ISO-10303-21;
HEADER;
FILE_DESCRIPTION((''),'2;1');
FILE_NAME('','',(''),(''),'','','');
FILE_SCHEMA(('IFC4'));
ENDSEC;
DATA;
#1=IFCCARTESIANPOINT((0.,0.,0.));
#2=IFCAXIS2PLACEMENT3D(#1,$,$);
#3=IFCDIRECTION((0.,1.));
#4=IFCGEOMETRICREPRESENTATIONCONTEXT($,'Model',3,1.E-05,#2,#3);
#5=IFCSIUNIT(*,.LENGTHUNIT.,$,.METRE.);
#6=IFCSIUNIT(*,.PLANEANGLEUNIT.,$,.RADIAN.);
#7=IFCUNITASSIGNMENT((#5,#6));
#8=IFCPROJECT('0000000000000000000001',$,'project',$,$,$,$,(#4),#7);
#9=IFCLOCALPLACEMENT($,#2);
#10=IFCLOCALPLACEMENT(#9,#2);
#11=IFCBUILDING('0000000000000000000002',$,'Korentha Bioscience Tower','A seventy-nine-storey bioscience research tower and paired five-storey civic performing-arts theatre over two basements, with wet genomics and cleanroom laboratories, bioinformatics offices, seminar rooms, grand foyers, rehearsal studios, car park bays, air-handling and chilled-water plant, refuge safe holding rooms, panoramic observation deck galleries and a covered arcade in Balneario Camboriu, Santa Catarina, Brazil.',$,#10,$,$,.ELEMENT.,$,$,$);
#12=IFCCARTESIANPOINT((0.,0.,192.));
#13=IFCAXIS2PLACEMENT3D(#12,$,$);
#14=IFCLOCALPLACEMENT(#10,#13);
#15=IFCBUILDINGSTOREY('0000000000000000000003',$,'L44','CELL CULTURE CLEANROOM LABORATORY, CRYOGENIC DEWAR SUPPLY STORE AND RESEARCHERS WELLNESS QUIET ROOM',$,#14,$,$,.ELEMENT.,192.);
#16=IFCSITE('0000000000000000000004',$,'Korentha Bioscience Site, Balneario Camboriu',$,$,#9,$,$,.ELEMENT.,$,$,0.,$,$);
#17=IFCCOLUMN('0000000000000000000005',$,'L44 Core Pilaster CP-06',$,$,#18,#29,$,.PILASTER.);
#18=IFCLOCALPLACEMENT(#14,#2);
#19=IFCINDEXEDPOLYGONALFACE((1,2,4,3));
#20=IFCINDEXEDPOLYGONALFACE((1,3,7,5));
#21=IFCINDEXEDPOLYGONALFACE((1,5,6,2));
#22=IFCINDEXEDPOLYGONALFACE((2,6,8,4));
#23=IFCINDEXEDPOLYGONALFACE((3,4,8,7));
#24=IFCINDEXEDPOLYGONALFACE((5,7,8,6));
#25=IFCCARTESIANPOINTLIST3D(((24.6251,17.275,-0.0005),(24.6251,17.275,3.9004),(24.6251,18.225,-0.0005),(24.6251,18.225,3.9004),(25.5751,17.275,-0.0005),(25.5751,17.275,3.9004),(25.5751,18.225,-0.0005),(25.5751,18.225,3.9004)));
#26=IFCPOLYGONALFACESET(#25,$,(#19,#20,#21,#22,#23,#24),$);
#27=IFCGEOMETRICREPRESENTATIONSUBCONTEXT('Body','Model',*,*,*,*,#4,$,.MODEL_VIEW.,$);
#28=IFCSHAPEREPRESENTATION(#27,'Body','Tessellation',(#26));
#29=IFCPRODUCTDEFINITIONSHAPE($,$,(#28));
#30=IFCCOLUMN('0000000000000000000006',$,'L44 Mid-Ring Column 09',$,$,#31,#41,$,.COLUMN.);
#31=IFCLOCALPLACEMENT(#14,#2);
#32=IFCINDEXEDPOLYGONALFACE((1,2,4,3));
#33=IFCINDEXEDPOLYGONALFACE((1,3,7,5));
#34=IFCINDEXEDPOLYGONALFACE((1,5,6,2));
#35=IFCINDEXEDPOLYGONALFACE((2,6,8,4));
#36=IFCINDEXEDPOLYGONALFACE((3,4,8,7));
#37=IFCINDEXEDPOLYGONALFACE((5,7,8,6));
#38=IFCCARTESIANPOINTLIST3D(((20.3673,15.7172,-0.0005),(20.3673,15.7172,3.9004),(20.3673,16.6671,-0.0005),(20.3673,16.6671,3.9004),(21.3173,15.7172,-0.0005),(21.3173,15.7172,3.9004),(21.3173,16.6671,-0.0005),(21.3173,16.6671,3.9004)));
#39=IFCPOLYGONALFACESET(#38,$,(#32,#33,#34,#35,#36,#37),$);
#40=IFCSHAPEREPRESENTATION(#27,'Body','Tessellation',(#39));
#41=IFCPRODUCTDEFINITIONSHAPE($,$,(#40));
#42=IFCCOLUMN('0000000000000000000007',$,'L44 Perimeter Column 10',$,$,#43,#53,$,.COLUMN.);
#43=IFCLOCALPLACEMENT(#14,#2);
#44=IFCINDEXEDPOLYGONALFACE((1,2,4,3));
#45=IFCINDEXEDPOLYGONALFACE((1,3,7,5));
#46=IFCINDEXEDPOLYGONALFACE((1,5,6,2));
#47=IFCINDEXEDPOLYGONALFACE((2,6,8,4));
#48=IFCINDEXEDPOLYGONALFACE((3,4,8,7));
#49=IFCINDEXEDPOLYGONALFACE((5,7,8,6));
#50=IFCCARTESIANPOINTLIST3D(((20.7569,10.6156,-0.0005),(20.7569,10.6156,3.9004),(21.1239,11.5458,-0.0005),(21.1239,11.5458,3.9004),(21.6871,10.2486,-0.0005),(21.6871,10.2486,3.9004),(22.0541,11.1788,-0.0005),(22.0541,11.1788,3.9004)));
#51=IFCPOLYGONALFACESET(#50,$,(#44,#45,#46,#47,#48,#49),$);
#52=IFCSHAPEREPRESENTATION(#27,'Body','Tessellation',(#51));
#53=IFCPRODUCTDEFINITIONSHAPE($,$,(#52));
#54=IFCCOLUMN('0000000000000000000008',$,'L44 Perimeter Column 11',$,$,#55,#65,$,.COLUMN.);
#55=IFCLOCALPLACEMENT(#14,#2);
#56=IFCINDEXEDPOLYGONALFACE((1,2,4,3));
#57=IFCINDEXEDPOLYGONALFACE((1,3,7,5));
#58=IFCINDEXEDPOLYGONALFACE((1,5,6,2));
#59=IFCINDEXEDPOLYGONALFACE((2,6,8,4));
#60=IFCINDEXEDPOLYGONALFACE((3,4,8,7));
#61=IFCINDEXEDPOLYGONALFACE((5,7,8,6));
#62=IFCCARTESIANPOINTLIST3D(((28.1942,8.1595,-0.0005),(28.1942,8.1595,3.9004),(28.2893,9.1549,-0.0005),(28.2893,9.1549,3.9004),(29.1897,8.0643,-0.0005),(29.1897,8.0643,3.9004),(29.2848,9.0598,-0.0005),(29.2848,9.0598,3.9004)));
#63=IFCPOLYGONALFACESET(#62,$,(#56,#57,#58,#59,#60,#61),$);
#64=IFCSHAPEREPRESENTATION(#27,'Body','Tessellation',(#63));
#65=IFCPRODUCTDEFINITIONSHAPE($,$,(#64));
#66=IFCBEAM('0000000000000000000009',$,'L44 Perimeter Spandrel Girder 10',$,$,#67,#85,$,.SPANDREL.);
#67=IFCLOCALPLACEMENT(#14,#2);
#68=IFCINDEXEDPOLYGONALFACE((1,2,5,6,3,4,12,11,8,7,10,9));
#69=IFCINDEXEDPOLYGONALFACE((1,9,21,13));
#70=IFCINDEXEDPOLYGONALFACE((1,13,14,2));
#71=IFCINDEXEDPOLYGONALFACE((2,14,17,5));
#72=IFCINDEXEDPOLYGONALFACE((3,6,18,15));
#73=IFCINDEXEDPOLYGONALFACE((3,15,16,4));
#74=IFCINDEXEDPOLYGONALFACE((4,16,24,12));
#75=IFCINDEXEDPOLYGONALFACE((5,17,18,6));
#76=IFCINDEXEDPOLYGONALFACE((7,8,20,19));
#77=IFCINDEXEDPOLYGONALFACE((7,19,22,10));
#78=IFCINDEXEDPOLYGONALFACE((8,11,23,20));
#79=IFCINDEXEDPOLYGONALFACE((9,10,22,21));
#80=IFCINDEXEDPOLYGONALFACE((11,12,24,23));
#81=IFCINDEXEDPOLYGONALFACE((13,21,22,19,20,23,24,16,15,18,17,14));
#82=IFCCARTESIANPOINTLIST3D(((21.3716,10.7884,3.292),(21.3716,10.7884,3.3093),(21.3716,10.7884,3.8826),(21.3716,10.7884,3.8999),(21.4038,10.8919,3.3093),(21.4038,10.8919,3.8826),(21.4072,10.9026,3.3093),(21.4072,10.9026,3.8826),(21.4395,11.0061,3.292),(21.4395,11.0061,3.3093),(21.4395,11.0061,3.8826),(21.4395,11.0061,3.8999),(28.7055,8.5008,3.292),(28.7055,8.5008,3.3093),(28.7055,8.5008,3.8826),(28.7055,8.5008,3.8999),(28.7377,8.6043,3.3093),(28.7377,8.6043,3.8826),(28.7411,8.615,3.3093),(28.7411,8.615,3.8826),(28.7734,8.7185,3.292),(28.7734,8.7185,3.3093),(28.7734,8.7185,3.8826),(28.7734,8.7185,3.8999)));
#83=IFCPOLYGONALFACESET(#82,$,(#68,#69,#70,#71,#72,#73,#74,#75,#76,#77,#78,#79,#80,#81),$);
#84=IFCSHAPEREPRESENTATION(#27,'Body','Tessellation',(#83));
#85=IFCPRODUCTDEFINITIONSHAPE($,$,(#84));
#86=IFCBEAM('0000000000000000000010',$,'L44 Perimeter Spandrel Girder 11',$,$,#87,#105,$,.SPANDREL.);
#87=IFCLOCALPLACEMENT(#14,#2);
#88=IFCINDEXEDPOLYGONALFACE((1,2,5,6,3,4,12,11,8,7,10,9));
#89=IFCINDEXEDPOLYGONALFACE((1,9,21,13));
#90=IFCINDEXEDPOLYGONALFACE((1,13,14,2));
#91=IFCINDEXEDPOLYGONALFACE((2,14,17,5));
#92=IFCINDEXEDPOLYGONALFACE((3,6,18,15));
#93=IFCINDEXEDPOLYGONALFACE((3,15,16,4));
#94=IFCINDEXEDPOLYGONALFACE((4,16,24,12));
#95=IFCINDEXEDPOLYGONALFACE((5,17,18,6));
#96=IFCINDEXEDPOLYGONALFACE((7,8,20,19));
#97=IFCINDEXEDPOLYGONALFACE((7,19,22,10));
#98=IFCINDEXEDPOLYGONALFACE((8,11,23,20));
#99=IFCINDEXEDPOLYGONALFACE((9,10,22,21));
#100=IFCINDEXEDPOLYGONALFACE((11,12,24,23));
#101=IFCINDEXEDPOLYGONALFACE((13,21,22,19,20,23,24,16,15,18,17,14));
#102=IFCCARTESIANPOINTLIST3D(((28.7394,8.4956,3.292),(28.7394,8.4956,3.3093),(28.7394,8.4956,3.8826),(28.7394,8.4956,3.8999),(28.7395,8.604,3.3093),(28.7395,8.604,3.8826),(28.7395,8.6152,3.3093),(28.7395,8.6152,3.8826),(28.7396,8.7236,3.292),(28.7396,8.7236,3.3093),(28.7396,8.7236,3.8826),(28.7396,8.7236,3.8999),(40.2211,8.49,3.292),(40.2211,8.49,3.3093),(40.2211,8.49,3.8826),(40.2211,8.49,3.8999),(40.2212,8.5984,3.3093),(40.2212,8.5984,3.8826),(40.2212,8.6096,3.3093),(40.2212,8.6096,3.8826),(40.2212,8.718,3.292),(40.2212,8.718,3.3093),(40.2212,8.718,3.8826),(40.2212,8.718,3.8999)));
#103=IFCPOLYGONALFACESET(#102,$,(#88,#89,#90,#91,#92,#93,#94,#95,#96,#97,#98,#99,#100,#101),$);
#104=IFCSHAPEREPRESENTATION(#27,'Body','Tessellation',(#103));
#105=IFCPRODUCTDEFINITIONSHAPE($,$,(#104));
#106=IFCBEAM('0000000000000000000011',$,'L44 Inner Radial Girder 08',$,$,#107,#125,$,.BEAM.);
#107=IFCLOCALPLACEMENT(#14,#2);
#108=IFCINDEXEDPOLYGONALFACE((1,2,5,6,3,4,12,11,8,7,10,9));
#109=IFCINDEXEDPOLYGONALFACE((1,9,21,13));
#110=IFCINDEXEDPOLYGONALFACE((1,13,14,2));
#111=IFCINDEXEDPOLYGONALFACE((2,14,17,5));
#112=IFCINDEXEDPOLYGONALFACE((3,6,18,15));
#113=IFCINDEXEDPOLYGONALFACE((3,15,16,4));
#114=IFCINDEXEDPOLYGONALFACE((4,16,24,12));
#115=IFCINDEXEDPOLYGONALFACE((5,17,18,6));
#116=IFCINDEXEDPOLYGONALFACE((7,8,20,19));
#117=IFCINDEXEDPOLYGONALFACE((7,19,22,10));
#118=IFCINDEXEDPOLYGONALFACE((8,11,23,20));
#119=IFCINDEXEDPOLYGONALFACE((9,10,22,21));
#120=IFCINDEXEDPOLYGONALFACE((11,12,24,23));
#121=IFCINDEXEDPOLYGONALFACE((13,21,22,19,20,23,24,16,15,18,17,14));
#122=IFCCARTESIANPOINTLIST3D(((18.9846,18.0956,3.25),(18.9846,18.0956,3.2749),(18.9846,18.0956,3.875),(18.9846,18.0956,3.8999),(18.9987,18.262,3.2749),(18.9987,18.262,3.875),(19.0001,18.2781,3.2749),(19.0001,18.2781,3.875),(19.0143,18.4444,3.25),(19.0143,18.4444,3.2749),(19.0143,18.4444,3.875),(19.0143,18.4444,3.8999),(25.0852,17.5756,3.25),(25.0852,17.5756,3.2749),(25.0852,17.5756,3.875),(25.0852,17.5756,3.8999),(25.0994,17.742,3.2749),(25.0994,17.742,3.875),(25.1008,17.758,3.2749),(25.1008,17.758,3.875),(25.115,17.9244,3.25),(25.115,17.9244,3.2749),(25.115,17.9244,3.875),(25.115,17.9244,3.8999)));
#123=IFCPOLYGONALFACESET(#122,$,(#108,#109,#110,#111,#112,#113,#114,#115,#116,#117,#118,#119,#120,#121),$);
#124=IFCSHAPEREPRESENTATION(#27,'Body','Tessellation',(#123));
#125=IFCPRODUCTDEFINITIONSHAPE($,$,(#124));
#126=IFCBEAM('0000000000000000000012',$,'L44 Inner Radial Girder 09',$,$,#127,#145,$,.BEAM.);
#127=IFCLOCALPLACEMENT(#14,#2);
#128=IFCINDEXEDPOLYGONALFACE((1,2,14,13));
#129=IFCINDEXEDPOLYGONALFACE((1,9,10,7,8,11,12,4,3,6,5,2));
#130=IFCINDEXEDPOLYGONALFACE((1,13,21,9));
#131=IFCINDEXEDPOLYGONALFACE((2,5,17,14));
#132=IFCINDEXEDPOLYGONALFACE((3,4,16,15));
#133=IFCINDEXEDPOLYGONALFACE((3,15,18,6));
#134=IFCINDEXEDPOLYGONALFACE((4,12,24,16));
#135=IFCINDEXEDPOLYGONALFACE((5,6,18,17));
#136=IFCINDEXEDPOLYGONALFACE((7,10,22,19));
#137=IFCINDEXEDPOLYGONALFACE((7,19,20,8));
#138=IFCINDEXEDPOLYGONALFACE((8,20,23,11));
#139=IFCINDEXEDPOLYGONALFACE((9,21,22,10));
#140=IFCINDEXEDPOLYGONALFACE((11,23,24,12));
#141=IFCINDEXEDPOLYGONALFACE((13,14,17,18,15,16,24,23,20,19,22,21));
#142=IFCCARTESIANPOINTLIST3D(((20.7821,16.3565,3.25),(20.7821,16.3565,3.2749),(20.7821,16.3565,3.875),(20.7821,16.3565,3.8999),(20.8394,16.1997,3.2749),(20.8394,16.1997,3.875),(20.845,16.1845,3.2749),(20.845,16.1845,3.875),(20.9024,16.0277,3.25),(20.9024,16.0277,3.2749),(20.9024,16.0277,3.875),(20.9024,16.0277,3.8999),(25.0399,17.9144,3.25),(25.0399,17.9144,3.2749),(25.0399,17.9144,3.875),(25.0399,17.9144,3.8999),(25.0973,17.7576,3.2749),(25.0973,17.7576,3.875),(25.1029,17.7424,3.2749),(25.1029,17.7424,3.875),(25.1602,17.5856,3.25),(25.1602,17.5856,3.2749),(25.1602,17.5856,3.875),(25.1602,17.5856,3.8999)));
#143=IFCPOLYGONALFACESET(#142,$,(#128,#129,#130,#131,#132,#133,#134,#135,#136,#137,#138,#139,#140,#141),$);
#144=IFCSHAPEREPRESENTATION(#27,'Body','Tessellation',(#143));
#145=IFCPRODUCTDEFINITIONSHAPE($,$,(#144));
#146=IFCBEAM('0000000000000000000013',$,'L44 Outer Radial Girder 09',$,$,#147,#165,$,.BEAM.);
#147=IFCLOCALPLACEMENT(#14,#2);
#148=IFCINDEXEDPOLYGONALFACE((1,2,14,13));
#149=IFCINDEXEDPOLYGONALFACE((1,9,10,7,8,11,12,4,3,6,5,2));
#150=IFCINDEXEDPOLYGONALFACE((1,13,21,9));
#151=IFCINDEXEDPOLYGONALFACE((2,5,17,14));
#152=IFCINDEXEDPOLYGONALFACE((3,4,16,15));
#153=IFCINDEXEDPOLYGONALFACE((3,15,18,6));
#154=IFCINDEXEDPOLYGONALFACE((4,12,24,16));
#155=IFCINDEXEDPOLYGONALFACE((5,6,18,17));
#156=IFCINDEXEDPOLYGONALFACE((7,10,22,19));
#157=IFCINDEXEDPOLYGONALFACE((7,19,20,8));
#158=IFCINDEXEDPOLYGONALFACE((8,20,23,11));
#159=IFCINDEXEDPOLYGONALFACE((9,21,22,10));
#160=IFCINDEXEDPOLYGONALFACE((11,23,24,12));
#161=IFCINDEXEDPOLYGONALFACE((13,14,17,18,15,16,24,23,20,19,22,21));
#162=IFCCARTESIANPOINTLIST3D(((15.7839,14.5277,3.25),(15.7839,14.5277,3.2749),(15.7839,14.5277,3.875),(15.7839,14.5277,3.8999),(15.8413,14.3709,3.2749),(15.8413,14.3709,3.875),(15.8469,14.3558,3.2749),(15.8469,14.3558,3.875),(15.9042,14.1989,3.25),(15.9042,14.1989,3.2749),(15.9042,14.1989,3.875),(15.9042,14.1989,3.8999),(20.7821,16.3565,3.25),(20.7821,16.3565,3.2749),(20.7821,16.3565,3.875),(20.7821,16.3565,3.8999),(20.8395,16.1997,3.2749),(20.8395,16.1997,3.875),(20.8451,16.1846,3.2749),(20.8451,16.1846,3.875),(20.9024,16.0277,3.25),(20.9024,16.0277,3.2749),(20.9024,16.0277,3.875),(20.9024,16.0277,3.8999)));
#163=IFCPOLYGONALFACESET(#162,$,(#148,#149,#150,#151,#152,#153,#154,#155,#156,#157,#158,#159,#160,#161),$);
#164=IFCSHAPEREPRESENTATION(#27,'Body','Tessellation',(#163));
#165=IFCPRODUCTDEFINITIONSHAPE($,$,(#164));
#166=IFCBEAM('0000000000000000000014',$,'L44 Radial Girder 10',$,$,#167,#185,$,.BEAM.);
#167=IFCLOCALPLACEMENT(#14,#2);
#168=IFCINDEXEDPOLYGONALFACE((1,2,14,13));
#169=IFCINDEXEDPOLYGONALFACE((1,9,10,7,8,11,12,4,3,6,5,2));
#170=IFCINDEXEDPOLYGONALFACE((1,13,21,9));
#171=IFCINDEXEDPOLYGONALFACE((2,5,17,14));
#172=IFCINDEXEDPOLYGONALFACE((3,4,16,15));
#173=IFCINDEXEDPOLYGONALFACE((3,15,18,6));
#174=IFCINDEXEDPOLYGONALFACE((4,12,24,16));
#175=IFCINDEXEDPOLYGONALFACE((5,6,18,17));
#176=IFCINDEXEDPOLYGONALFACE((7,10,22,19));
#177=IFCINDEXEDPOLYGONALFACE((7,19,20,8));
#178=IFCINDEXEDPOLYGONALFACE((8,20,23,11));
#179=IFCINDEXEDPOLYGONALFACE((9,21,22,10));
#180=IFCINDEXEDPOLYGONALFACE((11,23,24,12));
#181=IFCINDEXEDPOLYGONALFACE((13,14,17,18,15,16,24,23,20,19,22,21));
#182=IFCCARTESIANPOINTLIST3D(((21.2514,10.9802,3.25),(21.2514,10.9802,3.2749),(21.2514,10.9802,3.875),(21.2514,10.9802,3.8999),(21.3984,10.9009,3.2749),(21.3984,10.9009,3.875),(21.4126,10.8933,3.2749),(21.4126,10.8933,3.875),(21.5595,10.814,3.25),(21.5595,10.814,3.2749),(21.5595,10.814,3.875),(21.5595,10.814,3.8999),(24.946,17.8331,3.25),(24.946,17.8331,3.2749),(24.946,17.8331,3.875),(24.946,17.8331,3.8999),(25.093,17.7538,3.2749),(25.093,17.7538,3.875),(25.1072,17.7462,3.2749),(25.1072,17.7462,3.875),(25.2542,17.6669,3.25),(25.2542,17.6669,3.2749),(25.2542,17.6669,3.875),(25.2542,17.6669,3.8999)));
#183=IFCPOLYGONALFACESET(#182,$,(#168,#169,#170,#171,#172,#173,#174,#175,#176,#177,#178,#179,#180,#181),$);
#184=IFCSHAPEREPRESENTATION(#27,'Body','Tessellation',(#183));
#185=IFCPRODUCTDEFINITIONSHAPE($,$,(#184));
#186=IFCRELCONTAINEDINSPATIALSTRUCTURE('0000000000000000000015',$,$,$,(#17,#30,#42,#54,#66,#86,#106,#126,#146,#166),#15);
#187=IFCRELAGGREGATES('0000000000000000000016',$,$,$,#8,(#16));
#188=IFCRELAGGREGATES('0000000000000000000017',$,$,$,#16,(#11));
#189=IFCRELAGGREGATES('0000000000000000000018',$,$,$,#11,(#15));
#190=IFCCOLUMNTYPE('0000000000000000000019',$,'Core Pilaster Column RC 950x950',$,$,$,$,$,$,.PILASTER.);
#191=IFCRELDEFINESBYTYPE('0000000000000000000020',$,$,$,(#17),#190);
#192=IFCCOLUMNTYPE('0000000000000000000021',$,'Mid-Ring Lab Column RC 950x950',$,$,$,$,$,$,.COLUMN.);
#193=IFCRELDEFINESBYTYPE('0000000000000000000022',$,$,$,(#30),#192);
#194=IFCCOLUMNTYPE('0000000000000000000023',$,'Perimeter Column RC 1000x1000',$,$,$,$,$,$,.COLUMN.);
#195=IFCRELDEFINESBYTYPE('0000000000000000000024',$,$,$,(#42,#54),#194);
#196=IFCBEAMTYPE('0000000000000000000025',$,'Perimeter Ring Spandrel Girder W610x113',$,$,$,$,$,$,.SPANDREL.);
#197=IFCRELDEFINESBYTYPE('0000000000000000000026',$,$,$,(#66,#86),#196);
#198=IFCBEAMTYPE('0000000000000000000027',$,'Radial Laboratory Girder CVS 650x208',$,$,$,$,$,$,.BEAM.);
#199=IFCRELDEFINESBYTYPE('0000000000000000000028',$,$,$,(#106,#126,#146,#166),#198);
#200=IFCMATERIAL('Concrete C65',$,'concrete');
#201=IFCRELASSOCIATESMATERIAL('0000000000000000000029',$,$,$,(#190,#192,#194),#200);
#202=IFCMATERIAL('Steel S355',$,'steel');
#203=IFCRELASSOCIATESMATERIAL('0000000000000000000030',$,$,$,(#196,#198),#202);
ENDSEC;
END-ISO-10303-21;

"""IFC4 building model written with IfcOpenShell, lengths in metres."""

from ifc_helpers import new_model, si_unit, direction, frame, origin, origin_2d, place, context, subcontext, project, spatial, rectangle, i_section, extrude, material, material_profile, profile_set, type_object, element, save


model = new_model("IFC4")

# Units and contexts
model_context = context("Model", 3, precision=1e-05, world=origin(), true_north=direction((0.0, 1.0)))
body_context = subcontext(model_context, "Body", "Model", "MODEL_VIEW")
ifc_project = project(units=[si_unit("LENGTHUNIT", "METRE"), si_unit("PLANEANGLEUNIT", "RADIAN")], contexts=[model_context])

# Site, building, storey
site_placement = place(None, origin())
site = spatial("IfcSite", under=ifc_project, at=site_placement, Name="Korentha Bioscience Site, Balneario Camboriu", CompositionType="ELEMENT", RefElevation=0.0)
building_placement = place(site_placement, origin())
building = spatial("IfcBuilding", under=site, at=building_placement, Name="Korentha Bioscience Tower", Description="A seventy-nine-storey bioscience research tower and paired five-storey civic performing-arts theatre over two basements, with wet genomics and cleanroom laboratories, bioinformatics offices, seminar rooms, grand foyers, rehearsal studios, car park bays, air-handling and chilled-water plant, refuge safe holding rooms, panoramic observation deck galleries and a covered arcade in Balneario Camboriu, Santa Catarina, Brazil.", CompositionType="ELEMENT")
storey_placement = place(building_placement, frame((0.0, 0.0, 192.0)))
storey = spatial("IfcBuildingStorey", under=building, at=storey_placement, Name="L44", Description="CELL CULTURE CLEANROOM LABORATORY, CRYOGENIC DEWAR SUPPLY STORE AND RESEARCHERS WELLNESS QUIET ROOM", CompositionType="ELEMENT", Elevation=192.0)

# Columns
ifc_material_1 = material(Name="Concrete C65", Category="concrete")
ifc_material_profile_1 = material_profile(ifc_material_1, rectangle(XDim=0.95, YDim=0.95, at=origin_2d()), Name="Concrete C65")
ifc_profile_set_1 = profile_set([ifc_material_profile_1], Name="Concrete C65 (COL-CP09)")
column_type_1 = type_object("IfcColumnType", Name="Core Pilaster Column RC 950x950", PredefinedType="PILASTER", material=ifc_profile_set_1)
column_1_placement = place(storey_placement, frame((25.1001, 17.75, -0.0005), z_axis=(0.0, 0.0, 1.0), x_axis=(1.0, 0.0, 0.0)))
element("IfcColumn", 1, at=column_1_placement, inside=storey, type_object=column_type_1, Name="L44 Core Pilaster CP-06", PredefinedType="PILASTER", context=body_context, shape_type="SweptSolid", body=[
    extrude(rectangle(XDim=0.95, YDim=0.95, at=origin_2d()), origin(), (0.0, 0.0, 1.0), 3.9009),
])
ifc_material_profile_2 = material_profile(ifc_material_1, rectangle(XDim=0.95, YDim=0.95, at=origin_2d()), Name="Concrete C65")
ifc_profile_set_2 = profile_set([ifc_material_profile_2], Name="Concrete C65 (COL-MR09)")
column_type_2 = type_object("IfcColumnType", Name="Mid-Ring Lab Column RC 950x950", PredefinedType="COLUMN", material=ifc_profile_set_2)
column_2_placement = place(storey_placement, frame((20.8423, 16.1921, -0.0005), z_axis=(0.0, 0.0, 1.0), x_axis=(1.0, 0.0, 0.0)))
element("IfcColumn", 2, at=column_2_placement, inside=storey, type_object=column_type_2, Name="L44 Mid-Ring Column 09", PredefinedType="COLUMN", context=body_context, shape_type="SweptSolid", body=[
    extrude(rectangle(XDim=0.95, YDim=0.95, at=origin_2d()), origin(), (0.0, 0.0, 1.0), 3.9009),
])
ifc_material_profile_3 = material_profile(ifc_material_1, rectangle(XDim=1.0, YDim=1.0, at=origin_2d()), Name="Concrete C65")
ifc_profile_set_3 = profile_set([ifc_material_profile_3], Name="Concrete C65 (COL-P10)")
column_type_3 = type_object("IfcColumnType", Name="Perimeter Column RC 1000x1000", PredefinedType="COLUMN", material=ifc_profile_set_3)
for number, where, z_axis, x_axis, name in (
    (3, (21.4055, 10.8972, -0.0005), (0.0, 0.0, 1.0), (-0.930226, 0.366988, 0.0), "L44 Perimeter Column 10"),
    (4, (28.7395, 8.6096, -0.0005), (0.0, 0.0, 1.0), (-0.995463, 0.095151, 0.0), "L44 Perimeter Column 11"),
):
    element("IfcColumn", number, at=place(storey_placement, frame(where, z_axis=z_axis, x_axis=x_axis)), inside=storey, type_object=column_type_3, Name=name, PredefinedType="COLUMN", context=body_context, shape_type="SweptSolid", body=[
        extrude(rectangle(XDim=1.0, YDim=1.0, at=origin_2d()), origin(), (0.0, 0.0, 1.0), 3.9009),
    ])

# Beams
ifc_material_2 = material(Name="Steel S355", Category="steel")
ifc_material_profile_4 = material_profile(ifc_material_2, i_section(OverallWidth=0.228, OverallDepth=0.6079, WebThickness=0.0112, FlangeThickness=0.0173, at=origin_2d()), Name="Steel S355")
ifc_profile_set_4 = profile_set([ifc_material_profile_4], Name="Steel S355 (SB-610)")
beam_type_1 = type_object("IfcBeamType", Name="Perimeter Ring Spandrel Girder W610x113", PredefinedType="SPANDREL", material=ifc_profile_set_4)
beam_1_placement = place(storey_placement, frame((21.4055, 10.8972, 3.5959), z_axis=(0.954638, -0.297768, 0.0), x_axis=(0.297768, 0.954638, 0.0)))
element("IfcBeam", 5, at=beam_1_placement, inside=storey, type_object=beam_type_1, Name="L44 Perimeter Spandrel Girder 10", PredefinedType="SPANDREL", context=body_context, shape_type="SweptSolid", body=[
    extrude(i_section(OverallWidth=0.228, OverallDepth=0.6079, WebThickness=0.0112, FlangeThickness=0.0173, at=origin_2d()), origin(), (0.0, 0.0, 1.0), 7.6824),
])
beam_2_placement = place(storey_placement, frame((28.7395, 8.6096, 3.5959), z_axis=(1.0, -0.000489, 0.0), x_axis=(0.000489, 1.0, 0.0)))
element("IfcBeam", 6, at=beam_2_placement, inside=storey, type_object=beam_type_1, Name="L44 Perimeter Spandrel Girder 11", PredefinedType="SPANDREL", context=body_context, shape_type="SweptSolid", body=[
    extrude(i_section(OverallWidth=0.228, OverallDepth=0.6079, WebThickness=0.0112, FlangeThickness=0.0173, at=origin_2d()), origin(), (0.0, 0.0, 1.0), 11.4817),
])
ifc_material_profile_5 = material_profile(ifc_material_2, i_section(OverallWidth=0.3501, OverallDepth=0.6499, WebThickness=0.0161, FlangeThickness=0.0249, at=origin_2d()), Name="Steel S355")
ifc_profile_set_5 = profile_set([ifc_material_profile_5], Name="Steel S355 (RB-650)")
beam_type_2 = type_object("IfcBeamType", Name="Radial Laboratory Girder CVS 650x208", PredefinedType="BEAM", material=ifc_profile_set_5)
beam_3_placement = place(storey_placement, frame((25.1001, 17.75, 3.575), z_axis=(-0.996387, 0.084933, 0.0), x_axis=(-0.084933, -0.996387, 0.0)))
element("IfcBeam", 7, at=beam_3_placement, inside=storey, type_object=beam_type_2, Name="L44 Inner Radial Girder 08", PredefinedType="BEAM", context=body_context, shape_type="SweptSolid", body=[
    extrude(i_section(OverallWidth=0.3501, OverallDepth=0.6499, WebThickness=0.0161, FlangeThickness=0.0249, at=origin_2d()), origin(), (0.0, 0.0, 1.0), 6.1228),
])
beam_4_placement = place(storey_placement, frame((25.1001, 17.75, 3.575), z_axis=(-0.939114, -0.343606, 0.0), x_axis=(0.343606, -0.939114, 0.0)))
element("IfcBeam", 8, at=beam_4_placement, inside=storey, type_object=beam_type_2, Name="L44 Inner Radial Girder 09", PredefinedType="BEAM", context=body_context, shape_type="SweptSolid", body=[
    extrude(i_section(OverallWidth=0.3501, OverallDepth=0.6499, WebThickness=0.0161, FlangeThickness=0.0249, at=origin_2d()), origin(), (0.0, 0.0, 1.0), 4.5339),
])
beam_5_placement = place(storey_placement, frame((20.8423, 16.1921, 3.575), z_axis=(-0.93911, -0.343617, 0.0), x_axis=(0.343617, -0.93911, 0.0)))
element("IfcBeam", 9, at=beam_5_placement, inside=storey, type_object=beam_type_2, Name="L44 Outer Radial Girder 09", PredefinedType="BEAM", context=body_context, shape_type="SweptSolid", body=[
    extrude(i_section(OverallWidth=0.3501, OverallDepth=0.6499, WebThickness=0.0161, FlangeThickness=0.0249, at=origin_2d()), origin(), (0.0, 0.0, 1.0), 5.3223),
])
beam_6_placement = place(storey_placement, frame((25.1001, 17.75, 3.575), z_axis=(-0.47456, -0.880223, 0.0), x_axis=(0.880223, -0.47456, 0.0)))
element("IfcBeam", 10, at=beam_6_placement, inside=storey, type_object=beam_type_2, Name="L44 Radial Girder 10", PredefinedType="BEAM", context=body_context, shape_type="SweptSolid", body=[
    extrude(i_section(OverallWidth=0.3501, OverallDepth=0.6499, WebThickness=0.0161, FlangeThickness=0.0249, at=origin_2d()), origin(), (0.0, 0.0, 1.0), 7.7854),
])

save(model, "model.ifc")
